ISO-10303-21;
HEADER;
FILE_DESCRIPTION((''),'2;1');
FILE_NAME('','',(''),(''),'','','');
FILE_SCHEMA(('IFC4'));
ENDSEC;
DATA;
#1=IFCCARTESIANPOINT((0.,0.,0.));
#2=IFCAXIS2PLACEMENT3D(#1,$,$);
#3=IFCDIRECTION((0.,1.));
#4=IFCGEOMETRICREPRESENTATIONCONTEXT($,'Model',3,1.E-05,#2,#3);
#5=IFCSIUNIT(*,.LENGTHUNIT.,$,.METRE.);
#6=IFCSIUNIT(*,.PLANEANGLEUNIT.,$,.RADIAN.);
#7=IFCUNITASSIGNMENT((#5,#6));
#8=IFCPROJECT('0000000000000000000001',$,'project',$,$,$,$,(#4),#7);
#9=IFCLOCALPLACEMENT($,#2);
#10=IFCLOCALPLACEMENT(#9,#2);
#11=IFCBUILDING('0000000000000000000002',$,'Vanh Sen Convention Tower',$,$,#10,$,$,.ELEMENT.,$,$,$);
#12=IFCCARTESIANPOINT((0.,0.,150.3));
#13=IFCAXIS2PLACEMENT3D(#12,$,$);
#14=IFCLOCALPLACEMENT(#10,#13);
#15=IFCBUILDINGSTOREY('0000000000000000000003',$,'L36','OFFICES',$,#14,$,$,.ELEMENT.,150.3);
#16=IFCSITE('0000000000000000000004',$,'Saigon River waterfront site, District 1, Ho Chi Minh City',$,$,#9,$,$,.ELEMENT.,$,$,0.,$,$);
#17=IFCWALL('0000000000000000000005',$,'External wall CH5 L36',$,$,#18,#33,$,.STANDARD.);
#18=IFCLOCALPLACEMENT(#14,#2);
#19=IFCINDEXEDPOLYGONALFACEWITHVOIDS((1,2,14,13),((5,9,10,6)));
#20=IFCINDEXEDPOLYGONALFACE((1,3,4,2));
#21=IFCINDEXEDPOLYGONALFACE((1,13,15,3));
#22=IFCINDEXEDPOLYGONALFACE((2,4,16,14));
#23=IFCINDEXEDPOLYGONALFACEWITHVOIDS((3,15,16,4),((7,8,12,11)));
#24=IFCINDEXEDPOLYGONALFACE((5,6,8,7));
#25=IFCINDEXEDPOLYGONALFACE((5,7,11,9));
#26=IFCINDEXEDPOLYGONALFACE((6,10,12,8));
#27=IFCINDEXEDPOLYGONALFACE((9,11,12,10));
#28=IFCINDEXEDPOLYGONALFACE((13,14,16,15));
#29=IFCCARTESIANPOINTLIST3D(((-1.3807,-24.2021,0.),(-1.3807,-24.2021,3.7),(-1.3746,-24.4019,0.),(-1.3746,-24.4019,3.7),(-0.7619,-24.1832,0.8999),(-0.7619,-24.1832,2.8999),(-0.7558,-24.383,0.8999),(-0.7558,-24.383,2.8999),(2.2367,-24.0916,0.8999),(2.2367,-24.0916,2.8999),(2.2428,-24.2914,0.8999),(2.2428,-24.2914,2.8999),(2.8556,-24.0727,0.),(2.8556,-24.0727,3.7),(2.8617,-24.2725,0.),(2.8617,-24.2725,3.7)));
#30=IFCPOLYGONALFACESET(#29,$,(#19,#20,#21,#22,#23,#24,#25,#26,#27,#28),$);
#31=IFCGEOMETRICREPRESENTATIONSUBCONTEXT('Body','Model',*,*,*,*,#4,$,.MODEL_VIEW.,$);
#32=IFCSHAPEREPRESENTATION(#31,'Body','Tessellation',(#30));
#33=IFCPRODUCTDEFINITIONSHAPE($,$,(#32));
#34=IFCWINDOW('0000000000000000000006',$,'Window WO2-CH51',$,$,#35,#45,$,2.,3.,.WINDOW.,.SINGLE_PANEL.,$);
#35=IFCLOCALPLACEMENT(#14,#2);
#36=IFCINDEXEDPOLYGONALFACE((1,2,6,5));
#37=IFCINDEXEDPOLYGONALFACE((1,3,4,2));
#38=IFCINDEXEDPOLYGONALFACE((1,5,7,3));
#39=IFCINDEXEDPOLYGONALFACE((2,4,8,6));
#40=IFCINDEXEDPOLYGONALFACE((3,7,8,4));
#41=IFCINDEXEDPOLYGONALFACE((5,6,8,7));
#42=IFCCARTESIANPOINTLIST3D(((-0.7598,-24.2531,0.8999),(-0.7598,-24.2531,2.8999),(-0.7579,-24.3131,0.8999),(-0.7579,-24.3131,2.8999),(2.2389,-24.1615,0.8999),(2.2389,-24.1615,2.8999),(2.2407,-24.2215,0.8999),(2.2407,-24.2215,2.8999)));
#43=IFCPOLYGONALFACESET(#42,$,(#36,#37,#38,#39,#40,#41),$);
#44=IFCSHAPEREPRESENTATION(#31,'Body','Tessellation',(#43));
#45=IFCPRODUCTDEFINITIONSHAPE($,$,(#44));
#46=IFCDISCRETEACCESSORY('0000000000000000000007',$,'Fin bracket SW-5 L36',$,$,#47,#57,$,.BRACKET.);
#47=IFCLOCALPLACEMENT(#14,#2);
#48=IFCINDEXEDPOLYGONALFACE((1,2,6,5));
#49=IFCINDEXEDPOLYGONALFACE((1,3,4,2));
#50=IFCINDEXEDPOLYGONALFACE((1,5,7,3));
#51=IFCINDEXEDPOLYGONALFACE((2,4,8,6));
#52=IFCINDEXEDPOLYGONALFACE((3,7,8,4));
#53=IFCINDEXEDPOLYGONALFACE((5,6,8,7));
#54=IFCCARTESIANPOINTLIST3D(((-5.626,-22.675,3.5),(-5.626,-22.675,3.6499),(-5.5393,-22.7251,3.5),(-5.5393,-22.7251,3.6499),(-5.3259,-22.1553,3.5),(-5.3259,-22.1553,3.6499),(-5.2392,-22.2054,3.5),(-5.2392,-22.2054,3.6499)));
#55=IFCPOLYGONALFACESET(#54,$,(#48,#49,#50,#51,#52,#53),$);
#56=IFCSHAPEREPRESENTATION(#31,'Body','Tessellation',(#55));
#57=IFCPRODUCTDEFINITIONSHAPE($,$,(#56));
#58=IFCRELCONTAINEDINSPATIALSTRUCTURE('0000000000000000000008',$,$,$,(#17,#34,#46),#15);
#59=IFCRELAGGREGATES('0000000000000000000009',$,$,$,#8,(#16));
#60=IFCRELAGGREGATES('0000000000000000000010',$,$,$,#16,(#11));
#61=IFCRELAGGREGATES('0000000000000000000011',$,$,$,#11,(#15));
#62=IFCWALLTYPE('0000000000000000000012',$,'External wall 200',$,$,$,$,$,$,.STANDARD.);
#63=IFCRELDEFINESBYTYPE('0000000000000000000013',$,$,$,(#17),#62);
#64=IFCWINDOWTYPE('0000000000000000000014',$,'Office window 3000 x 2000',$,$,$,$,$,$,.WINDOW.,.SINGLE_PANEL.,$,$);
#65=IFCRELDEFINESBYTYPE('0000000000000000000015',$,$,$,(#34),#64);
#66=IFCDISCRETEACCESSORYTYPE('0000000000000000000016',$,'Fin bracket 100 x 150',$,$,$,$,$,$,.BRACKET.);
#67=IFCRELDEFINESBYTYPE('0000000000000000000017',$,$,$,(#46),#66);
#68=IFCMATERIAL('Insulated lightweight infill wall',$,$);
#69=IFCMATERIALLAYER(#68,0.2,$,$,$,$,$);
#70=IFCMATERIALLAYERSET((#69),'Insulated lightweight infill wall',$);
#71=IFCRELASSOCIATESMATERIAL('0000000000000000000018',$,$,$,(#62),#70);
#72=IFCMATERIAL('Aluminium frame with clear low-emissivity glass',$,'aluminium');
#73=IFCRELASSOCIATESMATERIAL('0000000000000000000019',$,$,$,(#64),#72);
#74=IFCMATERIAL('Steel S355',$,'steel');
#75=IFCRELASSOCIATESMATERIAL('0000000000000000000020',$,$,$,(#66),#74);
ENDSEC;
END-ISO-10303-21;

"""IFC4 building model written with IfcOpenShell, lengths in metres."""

from ifc_helpers import new_model, si_unit, direction, frame, frame_2d, origin, origin_2d, place, context, subcontext, project, spatial, rectangle, extrude, material, layer, layer_set, type_object, element, fill, save


model = new_model("IFC4")

# Units and contexts
model_context = context("Model", 3, precision=1e-05, world=origin(), true_north=direction((0.0, 1.0)))
body_context = subcontext(model_context, "Body", "Model", "MODEL_VIEW")
ifc_project = project(units=[si_unit("LENGTHUNIT", "METRE"), si_unit("PLANEANGLEUNIT", "RADIAN")], contexts=[model_context])

# Site, building, storey
site_placement = place(None, origin())
site = spatial("IfcSite", under=ifc_project, at=site_placement, Name="Saigon River waterfront site, District 1, Ho Chi Minh City", CompositionType="ELEMENT", RefElevation=0.0)
building_placement = place(site_placement, origin())
building = spatial("IfcBuilding", under=site, at=building_placement, Name="Vanh Sen Convention Tower", CompositionType="ELEMENT")
storey_placement = place(building_placement, frame((0.0, 0.0, 150.3)))
storey = spatial("IfcBuildingStorey", under=building, at=storey_placement, Name="L36", Description="OFFICES", CompositionType="ELEMENT", Elevation=150.3)

# Wall, opening, window
ifc_material_1 = material(Name="Insulated lightweight infill wall")
ifc_layer_1 = layer(ifc_material_1, 0.2)
ifc_layer_set_1 = layer_set([ifc_layer_1], Name="Insulated lightweight infill wall")
wall_type_1 = type_object("IfcWallType", Name="External wall 200", PredefinedType="STANDARD", material=ifc_layer_set_1)
wall_1_placement = place(storey_placement, frame((-1.3777, -24.302, 0.0), z_axis=(0.0, 0.0, 1.0), x_axis=(0.999534, 0.03053, 0.0)))
wall_1 = element("IfcWall", 1, at=wall_1_placement, inside=storey, type_object=wall_type_1, Name="External wall CH5 L36", PredefinedType="STANDARD", context=body_context, shape_type="SweptSolid", body=[
    extrude(rectangle(XDim=4.2383, YDim=0.2, at=frame_2d((2.1191, 0.0))), origin(), (0.0, 0.0, 1.0), 3.7),
])
opening_1_placement = place(wall_1_placement, frame((0.6191, 0.0, 0.8999)))
opening_1 = element("IfcOpeningElement", 2, at=opening_1_placement, cuts=wall_1, PredefinedType="OPENING", context=body_context, shape_type="SweptSolid", body=[
    extrude(rectangle(XDim=3.0, YDim=2.0, at=frame_2d((1.5, 1.0))), frame((0.0, 0.1099, 0.0), z_axis=(0.0, -1.0, 0.0), x_axis=(1.0, 0.0, 0.0)), (0.0, 0.0, 1.0), 0.22),
])
ifc_material_2 = material(Name="Aluminium frame with clear low-emissivity glass", Category="aluminium")
window_type = type_object("IfcWindowType", Name="Office window 3000 x 2000", PartitioningType="SINGLE_PANEL", PredefinedType="WINDOW", material=ifc_material_2)
window_placement = place(opening_1_placement, origin())
window = element("IfcWindow", 3, at=window_placement, inside=storey, type_object=window_type, Name="Window WO2-CH51", OverallHeight=2.0, OverallWidth=3.0, PartitioningType="SINGLE_PANEL", PredefinedType="WINDOW", context=body_context, shape_type="SweptSolid", body=[
    extrude(rectangle(XDim=3.0, YDim=2.0, at=frame_2d((1.5, 1.0))), frame((0.0, 0.03, 0.0), z_axis=(0.0, -1.0, 0.0), x_axis=(1.0, 0.0, 0.0)), (0.0, 0.0, 1.0), 0.0601),
])
fill(opening_1, window)

# Discrete accessory
ifc_material_3 = material(Name="Steel S355", Category="steel")
discrete_accessory_type = type_object("IfcDiscreteAccessoryType", Name="Fin bracket 100 x 150", PredefinedType="BRACKET", material=ifc_material_3)
discrete_accessory_placement = place(storey_placement, frame((-5.4326, -22.4402, 3.5), z_axis=(0.0, 0.0, 1.0), x_axis=(-0.5, -0.866025, 0.0)))
element("IfcDiscreteAccessory", 4, at=discrete_accessory_placement, inside=storey, type_object=discrete_accessory_type, Name="Fin bracket SW-5 L36", PredefinedType="BRACKET", context=body_context, shape_type="SweptSolid", body=[
    extrude(rectangle(XDim=0.6001, YDim=0.1001, at=origin_2d()), origin(), (0.0, 0.0, 1.0), 0.1499),
])

save(model, "model.ifc")
